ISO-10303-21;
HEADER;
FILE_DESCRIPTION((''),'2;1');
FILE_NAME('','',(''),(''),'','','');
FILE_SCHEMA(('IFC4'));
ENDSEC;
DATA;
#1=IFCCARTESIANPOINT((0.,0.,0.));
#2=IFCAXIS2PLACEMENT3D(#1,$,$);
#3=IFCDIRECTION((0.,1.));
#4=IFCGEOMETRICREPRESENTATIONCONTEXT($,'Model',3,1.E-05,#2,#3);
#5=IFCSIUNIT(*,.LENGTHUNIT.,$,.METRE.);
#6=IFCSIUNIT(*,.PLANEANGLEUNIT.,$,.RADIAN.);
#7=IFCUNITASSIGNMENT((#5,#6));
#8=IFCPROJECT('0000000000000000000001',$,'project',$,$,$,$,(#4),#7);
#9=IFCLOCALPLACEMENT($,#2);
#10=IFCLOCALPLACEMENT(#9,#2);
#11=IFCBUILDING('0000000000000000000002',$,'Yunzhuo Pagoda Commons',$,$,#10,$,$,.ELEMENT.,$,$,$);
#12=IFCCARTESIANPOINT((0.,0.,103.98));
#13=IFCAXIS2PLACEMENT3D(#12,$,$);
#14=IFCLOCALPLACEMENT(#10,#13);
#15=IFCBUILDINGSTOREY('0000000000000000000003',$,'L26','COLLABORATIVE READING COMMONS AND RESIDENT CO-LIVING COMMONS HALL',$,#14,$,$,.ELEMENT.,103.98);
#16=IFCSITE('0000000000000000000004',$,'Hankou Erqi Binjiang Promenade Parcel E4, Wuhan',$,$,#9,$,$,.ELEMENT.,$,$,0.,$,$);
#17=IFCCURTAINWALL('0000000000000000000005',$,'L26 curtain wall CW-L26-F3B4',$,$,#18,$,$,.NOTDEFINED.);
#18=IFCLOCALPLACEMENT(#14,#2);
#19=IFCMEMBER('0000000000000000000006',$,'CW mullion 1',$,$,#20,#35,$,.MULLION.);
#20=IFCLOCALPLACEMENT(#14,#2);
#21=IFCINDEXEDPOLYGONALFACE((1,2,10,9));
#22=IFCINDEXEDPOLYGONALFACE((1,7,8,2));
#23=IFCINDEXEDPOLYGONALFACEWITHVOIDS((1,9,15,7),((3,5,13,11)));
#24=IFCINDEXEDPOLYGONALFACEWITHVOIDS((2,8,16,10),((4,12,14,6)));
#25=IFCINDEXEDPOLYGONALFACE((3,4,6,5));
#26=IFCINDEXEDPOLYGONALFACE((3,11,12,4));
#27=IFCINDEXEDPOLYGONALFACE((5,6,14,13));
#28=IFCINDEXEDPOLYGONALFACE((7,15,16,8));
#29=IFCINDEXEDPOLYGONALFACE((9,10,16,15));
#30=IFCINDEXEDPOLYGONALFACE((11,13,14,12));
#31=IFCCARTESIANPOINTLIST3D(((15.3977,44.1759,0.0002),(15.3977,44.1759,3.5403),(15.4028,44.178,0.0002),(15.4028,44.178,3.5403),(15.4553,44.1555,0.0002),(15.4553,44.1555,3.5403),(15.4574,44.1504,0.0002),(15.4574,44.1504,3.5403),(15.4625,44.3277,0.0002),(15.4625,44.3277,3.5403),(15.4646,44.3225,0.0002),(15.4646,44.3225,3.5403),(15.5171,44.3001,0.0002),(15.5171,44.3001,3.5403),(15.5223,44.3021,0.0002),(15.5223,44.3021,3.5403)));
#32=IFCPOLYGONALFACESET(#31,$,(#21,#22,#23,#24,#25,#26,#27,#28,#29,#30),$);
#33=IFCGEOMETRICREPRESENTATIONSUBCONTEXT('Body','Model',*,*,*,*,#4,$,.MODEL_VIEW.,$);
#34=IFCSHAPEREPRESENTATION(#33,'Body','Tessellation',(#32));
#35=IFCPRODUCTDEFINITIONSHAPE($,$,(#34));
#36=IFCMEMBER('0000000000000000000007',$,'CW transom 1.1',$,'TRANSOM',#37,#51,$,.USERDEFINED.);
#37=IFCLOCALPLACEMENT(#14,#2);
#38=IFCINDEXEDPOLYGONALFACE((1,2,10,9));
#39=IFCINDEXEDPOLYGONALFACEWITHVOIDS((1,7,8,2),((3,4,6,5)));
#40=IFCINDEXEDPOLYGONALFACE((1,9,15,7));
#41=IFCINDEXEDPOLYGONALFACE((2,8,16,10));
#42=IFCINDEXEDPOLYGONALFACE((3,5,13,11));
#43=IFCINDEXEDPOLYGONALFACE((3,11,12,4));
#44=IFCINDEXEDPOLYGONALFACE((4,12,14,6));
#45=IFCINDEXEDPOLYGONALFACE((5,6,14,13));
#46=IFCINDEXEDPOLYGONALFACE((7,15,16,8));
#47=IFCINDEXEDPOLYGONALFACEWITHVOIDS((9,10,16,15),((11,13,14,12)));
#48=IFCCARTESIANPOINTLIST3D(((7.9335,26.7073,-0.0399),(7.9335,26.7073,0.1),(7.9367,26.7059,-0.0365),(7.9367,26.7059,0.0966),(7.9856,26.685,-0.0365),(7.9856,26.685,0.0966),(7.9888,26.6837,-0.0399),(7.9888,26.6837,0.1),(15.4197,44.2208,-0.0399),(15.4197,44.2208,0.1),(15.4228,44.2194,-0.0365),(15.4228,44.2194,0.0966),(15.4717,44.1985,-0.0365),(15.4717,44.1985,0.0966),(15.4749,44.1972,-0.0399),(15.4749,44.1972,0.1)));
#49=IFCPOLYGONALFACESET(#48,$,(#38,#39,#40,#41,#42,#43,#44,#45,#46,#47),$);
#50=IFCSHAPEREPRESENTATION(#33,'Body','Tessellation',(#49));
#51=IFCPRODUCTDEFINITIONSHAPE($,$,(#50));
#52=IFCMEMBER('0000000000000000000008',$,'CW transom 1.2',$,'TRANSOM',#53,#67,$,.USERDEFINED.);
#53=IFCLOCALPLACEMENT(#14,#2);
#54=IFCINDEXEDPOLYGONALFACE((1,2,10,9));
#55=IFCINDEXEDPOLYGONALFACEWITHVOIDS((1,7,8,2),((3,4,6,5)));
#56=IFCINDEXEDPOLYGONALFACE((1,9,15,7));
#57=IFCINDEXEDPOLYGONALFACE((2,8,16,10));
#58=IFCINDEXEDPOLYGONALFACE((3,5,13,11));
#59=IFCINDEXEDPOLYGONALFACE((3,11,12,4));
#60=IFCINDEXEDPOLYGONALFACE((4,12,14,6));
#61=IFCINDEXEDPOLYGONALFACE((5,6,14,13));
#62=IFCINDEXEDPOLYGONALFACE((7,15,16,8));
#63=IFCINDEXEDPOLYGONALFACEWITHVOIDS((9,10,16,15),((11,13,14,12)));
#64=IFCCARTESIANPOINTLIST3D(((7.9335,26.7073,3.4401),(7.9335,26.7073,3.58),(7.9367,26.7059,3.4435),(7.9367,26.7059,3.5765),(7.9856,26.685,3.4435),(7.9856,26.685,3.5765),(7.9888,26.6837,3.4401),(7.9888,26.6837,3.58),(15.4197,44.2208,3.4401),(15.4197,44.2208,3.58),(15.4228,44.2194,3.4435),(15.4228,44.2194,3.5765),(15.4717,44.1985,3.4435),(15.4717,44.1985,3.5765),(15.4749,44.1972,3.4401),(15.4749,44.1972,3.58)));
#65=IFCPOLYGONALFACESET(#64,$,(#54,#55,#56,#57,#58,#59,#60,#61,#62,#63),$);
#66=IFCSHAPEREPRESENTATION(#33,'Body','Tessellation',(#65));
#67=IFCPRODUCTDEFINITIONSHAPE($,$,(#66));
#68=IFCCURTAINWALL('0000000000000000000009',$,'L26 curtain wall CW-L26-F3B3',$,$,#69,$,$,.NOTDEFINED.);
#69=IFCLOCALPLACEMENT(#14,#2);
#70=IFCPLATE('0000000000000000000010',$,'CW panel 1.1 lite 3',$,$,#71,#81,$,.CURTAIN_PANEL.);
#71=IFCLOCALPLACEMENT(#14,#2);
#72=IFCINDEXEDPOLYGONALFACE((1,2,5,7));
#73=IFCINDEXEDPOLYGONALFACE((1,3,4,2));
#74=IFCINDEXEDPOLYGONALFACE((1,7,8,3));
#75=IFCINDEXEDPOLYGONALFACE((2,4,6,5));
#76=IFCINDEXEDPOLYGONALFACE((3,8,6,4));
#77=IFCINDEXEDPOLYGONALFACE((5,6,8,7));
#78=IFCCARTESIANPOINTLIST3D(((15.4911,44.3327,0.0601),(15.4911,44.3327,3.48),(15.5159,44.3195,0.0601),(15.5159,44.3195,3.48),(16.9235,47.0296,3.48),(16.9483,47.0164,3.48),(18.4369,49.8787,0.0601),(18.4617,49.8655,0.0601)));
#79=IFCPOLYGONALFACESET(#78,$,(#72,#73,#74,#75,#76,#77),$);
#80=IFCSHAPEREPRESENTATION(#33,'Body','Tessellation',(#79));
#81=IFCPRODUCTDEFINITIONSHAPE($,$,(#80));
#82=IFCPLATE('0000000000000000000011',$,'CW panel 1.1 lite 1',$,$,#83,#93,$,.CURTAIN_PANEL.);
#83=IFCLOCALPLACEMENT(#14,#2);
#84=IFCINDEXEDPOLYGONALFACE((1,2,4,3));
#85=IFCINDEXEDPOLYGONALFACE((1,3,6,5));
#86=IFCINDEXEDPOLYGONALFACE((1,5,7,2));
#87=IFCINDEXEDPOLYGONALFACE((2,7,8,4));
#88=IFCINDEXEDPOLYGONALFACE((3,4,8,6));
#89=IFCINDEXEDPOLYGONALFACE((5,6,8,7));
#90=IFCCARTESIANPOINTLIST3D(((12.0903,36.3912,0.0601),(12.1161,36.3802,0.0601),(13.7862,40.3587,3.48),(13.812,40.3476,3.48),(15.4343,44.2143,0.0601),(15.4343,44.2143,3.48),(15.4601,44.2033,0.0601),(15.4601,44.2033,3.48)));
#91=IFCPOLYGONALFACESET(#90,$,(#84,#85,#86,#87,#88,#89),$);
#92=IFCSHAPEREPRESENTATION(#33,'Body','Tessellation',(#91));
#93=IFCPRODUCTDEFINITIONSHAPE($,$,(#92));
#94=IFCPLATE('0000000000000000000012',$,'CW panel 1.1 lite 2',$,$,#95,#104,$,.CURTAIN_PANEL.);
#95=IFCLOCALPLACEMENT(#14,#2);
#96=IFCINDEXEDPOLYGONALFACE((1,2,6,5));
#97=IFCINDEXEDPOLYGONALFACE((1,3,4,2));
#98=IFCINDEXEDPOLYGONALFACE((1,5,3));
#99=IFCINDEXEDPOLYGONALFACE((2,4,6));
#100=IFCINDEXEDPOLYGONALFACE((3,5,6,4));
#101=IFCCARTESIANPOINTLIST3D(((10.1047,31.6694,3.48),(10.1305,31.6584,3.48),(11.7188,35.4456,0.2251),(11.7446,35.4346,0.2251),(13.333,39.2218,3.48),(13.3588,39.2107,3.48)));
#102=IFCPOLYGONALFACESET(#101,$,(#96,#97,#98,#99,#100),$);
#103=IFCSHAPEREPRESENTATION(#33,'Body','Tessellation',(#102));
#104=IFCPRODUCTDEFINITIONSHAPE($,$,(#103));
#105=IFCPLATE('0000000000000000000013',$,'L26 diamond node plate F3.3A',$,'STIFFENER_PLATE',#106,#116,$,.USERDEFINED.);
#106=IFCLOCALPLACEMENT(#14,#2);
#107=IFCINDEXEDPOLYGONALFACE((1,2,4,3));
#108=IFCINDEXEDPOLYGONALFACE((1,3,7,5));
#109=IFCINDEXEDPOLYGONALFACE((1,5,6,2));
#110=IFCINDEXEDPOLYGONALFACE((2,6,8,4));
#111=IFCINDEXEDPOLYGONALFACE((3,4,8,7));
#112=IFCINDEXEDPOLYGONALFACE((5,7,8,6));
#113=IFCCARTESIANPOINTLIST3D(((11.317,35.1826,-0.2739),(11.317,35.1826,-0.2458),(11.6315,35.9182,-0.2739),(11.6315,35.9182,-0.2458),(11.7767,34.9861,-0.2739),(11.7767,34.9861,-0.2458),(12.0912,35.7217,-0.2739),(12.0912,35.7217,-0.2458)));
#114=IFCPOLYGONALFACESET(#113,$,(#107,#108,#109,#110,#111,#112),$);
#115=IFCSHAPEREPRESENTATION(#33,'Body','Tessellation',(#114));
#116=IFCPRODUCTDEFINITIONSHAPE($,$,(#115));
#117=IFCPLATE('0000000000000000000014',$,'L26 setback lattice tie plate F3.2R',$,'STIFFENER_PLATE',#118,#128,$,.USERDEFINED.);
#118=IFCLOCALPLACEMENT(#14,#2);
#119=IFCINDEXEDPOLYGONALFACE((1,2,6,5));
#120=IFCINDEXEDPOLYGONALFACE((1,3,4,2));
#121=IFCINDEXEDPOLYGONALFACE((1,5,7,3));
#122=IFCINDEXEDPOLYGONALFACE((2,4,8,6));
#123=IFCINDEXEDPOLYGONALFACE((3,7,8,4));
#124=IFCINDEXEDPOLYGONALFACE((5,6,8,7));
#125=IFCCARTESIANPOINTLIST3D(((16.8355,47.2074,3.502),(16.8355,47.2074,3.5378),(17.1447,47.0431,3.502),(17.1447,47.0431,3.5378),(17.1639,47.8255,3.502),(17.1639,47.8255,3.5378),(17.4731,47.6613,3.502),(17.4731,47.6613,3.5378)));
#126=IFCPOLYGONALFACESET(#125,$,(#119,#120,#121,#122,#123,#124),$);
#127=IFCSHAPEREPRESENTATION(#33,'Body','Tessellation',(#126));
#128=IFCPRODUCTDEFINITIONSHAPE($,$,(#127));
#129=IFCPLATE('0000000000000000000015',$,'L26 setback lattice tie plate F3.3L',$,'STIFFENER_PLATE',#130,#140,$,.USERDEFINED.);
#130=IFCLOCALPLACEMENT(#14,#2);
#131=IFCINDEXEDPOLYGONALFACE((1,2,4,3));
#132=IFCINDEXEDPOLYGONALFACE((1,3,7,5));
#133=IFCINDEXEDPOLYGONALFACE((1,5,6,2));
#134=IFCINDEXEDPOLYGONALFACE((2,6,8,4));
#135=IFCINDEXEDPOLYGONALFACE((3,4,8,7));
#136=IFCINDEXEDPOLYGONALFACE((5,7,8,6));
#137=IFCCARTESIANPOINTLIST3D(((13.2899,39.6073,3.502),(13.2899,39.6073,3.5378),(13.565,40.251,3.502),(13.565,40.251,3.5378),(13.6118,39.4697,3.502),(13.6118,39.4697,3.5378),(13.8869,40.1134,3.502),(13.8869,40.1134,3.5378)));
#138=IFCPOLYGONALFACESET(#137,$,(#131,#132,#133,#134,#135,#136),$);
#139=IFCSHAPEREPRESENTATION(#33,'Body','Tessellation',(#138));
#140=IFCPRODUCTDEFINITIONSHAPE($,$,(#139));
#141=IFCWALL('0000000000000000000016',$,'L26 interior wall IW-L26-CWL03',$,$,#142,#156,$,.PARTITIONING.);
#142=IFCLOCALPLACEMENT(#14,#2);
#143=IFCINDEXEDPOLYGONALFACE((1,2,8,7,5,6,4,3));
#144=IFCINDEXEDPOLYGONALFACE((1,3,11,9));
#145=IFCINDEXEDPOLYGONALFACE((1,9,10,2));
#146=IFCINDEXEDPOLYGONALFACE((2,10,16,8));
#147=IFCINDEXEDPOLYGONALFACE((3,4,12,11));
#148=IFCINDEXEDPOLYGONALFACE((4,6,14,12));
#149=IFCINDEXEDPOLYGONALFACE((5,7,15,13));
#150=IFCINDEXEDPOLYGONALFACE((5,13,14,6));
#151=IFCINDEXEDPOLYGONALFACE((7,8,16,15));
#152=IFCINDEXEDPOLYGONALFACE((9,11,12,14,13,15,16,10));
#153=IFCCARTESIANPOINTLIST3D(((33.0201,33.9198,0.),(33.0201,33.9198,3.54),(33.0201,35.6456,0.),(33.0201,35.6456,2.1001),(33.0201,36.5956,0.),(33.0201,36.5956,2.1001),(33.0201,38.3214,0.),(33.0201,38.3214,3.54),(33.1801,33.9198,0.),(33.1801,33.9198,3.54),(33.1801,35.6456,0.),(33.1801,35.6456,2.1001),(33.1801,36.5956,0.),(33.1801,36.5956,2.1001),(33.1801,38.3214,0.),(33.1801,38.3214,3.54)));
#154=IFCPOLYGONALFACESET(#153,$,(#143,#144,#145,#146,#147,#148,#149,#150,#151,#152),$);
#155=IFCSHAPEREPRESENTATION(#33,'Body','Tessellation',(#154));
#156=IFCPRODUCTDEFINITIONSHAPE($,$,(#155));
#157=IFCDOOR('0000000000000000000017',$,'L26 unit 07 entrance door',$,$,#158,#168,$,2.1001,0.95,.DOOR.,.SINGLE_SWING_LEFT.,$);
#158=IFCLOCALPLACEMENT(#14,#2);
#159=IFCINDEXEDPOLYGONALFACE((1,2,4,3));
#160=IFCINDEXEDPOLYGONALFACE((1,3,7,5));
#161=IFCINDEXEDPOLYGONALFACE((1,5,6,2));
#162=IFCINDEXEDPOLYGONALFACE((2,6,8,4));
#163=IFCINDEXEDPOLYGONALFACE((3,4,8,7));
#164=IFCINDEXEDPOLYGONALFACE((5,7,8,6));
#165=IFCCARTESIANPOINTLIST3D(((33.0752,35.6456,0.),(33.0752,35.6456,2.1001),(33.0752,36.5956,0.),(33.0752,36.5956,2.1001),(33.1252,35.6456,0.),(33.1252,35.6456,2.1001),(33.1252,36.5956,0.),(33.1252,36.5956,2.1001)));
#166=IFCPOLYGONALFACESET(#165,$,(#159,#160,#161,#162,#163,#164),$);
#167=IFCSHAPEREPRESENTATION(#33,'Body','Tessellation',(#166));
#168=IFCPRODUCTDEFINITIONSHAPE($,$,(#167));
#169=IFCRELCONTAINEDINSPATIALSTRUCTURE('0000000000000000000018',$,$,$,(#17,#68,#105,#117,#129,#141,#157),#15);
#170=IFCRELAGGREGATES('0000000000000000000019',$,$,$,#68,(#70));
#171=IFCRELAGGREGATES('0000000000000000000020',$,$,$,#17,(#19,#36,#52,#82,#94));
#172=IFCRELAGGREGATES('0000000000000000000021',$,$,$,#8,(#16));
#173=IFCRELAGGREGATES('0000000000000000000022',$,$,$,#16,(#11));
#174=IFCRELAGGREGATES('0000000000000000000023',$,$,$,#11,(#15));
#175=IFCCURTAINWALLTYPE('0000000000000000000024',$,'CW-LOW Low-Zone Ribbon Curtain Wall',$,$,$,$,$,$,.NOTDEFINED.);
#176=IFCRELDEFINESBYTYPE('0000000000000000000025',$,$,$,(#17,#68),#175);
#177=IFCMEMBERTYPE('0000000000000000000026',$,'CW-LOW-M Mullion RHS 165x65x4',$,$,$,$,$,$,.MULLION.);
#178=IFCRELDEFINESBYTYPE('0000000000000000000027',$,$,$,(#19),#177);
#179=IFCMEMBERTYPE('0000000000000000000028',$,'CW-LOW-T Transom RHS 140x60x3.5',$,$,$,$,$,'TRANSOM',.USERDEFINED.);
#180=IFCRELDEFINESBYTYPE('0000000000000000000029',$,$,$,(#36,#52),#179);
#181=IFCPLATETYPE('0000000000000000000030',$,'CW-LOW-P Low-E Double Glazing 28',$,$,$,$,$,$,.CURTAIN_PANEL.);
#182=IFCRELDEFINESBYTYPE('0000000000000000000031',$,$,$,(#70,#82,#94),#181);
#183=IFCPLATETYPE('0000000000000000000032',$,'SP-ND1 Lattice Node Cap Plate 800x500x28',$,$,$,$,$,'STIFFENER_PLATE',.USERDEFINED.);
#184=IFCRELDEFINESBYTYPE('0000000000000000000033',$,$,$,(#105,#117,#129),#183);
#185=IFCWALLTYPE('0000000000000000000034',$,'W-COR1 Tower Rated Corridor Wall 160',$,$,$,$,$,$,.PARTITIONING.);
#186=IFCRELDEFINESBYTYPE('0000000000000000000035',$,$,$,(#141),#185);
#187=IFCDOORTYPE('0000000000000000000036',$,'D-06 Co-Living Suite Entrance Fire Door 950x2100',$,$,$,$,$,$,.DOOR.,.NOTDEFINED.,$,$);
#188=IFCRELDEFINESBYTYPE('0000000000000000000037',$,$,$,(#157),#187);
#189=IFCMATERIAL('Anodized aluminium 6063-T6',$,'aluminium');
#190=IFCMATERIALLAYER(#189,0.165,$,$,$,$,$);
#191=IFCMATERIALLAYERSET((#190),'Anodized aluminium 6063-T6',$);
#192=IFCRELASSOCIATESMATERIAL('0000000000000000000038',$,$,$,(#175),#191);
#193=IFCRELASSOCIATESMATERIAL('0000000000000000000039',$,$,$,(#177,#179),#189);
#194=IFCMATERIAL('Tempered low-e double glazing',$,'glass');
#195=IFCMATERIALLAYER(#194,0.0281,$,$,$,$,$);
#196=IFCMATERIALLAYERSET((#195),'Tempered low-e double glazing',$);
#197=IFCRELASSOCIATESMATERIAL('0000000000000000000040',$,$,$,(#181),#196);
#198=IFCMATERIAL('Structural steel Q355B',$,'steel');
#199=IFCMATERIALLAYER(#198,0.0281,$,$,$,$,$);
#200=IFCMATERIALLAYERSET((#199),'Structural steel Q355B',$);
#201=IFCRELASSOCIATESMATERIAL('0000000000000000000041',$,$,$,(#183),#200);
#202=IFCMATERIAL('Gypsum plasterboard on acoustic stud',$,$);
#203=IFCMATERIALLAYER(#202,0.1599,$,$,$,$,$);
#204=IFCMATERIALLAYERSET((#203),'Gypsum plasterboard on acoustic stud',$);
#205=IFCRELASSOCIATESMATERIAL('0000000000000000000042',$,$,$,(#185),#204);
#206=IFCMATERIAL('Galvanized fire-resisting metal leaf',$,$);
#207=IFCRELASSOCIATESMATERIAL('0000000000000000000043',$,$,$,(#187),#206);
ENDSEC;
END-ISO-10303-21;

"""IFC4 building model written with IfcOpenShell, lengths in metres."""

from ifc_helpers import new_model, si_unit, direction, frame, frame_2d, origin, origin_with_axes, origin_2d, place, context, subcontext, project, spatial, polyline, rectangle, hollow_rectangle, outline, extrude, source, transform, mapped, material, layer, layer_set, material_profile, profile_set, type_object, element, fill, aggregate, save


model = new_model("IFC4")

# Units and contexts
model_context = context("Model", 3, precision=1e-05, world=origin(), true_north=direction((0.0, 1.0)))
body_context = subcontext(model_context, "Body", "Model", "MODEL_VIEW")
ifc_project = project(units=[si_unit("LENGTHUNIT", "METRE"), si_unit("PLANEANGLEUNIT", "RADIAN")], contexts=[model_context])

# Site, building, storey
site_placement = place(None, origin())
site = spatial("IfcSite", under=ifc_project, at=site_placement, Name="Hankou Erqi Binjiang Promenade Parcel E4, Wuhan", CompositionType="ELEMENT", RefElevation=0.0)
building_placement = place(site_placement, origin())
building = spatial("IfcBuilding", under=site, at=building_placement, Name="Yunzhuo Pagoda Commons", CompositionType="ELEMENT")
storey_placement = place(building_placement, frame((0.0, 0.0, 103.98)))
storey = spatial("IfcBuildingStorey", under=building, at=storey_placement, Name="L26", Description="COLLABORATIVE READING COMMONS AND RESIDENT CO-LIVING COMMONS HALL", CompositionType="ELEMENT", Elevation=103.98)

# Shared definitions
ifc_material_1 = material(Name="Structural steel Q355B", Category="steel")

# Curtain wall, members
ifc_material_2 = material(Name="Anodized aluminium 6063-T6", Category="aluminium")
ifc_layer_1 = layer(ifc_material_2, 0.165)
ifc_layer_set_1 = layer_set([ifc_layer_1], Name="Anodized aluminium 6063-T6")
curtain_wall_type = type_object("IfcCurtainWallType", Name="CW-LOW Low-Zone Ribbon Curtain Wall", PredefinedType="NOTDEFINED", material=ifc_layer_set_1)
curtain_wall_1_placement = place(storey_placement, origin())
curtain_wall_1 = element("IfcCurtainWall", 1, at=curtain_wall_1_placement, inside=storey, type_object=curtain_wall_type, Name="L26 curtain wall CW-L26-F3B4", PredefinedType="NOTDEFINED")
ifc_material_profile_1 = material_profile(ifc_material_2, hollow_rectangle(XDim=0.0649, YDim=0.165, WallThickness=0.0039, at=origin_2d()), Name="Anodized aluminium 6063-T6")
ifc_profile_set_1 = profile_set([ifc_material_profile_1], Name="Anodized aluminium 6063-T6")
member_type_1 = type_object("IfcMemberType", Name="CW-LOW-M Mullion RHS 165x65x4", PredefinedType="MULLION", material=ifc_profile_set_1)
shared_shape_1 = source(origin(), body_context, "Body", "SweptSolid", [
    extrude(hollow_rectangle(XDim=0.0649, YDim=0.165, WallThickness=0.0039, at=origin_2d()), origin(), (0.0, 0.0, 1.0), 3.54),
])
member_1_placement = place(storey_placement, frame((15.46, 44.239, 0.0002), z_axis=(0.0, 0.0, 1.0), x_axis=(0.919516, -0.393052, 0.0)))
member_1 = element("IfcMember", 2, at=member_1_placement, type_object=member_type_1, Name="CW mullion 1", PredefinedType="MULLION", context=body_context, shape_type="MappedRepresentation", body=[
    mapped(shared_shape_1, transform((0.0, 0.0, 0.0), scale=1.0)),
])
ifc_material_profile_2 = material_profile(ifc_material_2, hollow_rectangle(XDim=0.0601, YDim=0.1399, WallThickness=0.0034, at=origin_2d()), Name="Anodized aluminium 6063-T6")
ifc_profile_set_2 = profile_set([ifc_material_profile_2], Name="Anodized aluminium 6063-T6")
member_type_2 = type_object("IfcMemberType", Name="CW-LOW-T Transom RHS 140x60x3.5", ElementType="TRANSOM", PredefinedType="USERDEFINED", material=ifc_profile_set_2)
shared_shape_2 = source(origin(), body_context, "Body", "SweptSolid", [
    extrude(hollow_rectangle(XDim=0.0601, YDim=0.1399, WallThickness=0.0034, at=origin_2d()), origin(), (0.0, 0.0, 1.0), 19.0464),
])
member_2_placement = place(storey_placement, frame((15.4473, 44.209, 0.03), z_axis=(-0.393047, -0.919519, 0.0), x_axis=(0.919519, -0.393047, 0.0)))
member_2 = element("IfcMember", 3, at=member_2_placement, type_object=member_type_2, Name="CW transom 1.1", ObjectType="TRANSOM", PredefinedType="USERDEFINED", context=body_context, shape_type="MappedRepresentation", body=[
    mapped(shared_shape_2, transform((0.0, 0.0, 0.0), scale=1.0)),
])
member_3_placement = place(storey_placement, frame((15.4473, 44.209, 3.51), z_axis=(-0.393047, -0.919519, 0.0), x_axis=(0.919519, -0.393047, 0.0)))
member_3 = element("IfcMember", 4, at=member_3_placement, type_object=member_type_2, Name="CW transom 1.2", ObjectType="TRANSOM", PredefinedType="USERDEFINED", context=body_context, shape_type="MappedRepresentation", body=[
    mapped(shared_shape_2, transform((0.0, 0.0, 0.0), scale=1.0)),
])

# Curtain wall, plate
curtain_wall_2_placement = place(storey_placement, origin())
curtain_wall_2 = element("IfcCurtainWall", 5, at=curtain_wall_2_placement, inside=storey, type_object=curtain_wall_type, Name="L26 curtain wall CW-L26-F3B3", PredefinedType="NOTDEFINED")
ifc_material_3 = material(Name="Tempered low-e double glazing", Category="glass")
ifc_layer_2 = layer(ifc_material_3, 0.0281)
ifc_layer_set_2 = layer_set([ifc_layer_2], Name="Tempered low-e double glazing")
plate_type_1 = type_object("IfcPlateType", Name="CW-LOW-P Low-E Double Glazing 28", PredefinedType="CURTAIN_PANEL", material=ifc_layer_set_2)
plate_1_placement = place(storey_placement, frame((16.9888, 47.0925, 1.77), z_axis=(-0.883152, 0.469086, 0.0), x_axis=(-0.469086, -0.883152, 0.0)))
plate_1 = element("IfcPlate", 6, at=plate_1_placement, type_object=plate_type_1, Name="CW panel 1.1 lite 3", PredefinedType="CURTAIN_PANEL", context=body_context, shape_type="SweptSolid", body=[
    extrude(outline(polyline([(-3.1399, -1.71), (3.1399, -1.71), (3.1399, 1.71), (0.0862, 1.71), (-3.1399, -1.71)])), origin(), (0.0, 0.0, 1.0), 0.0281),
])
aggregate(curtain_wall_2, [plate_1])

# Plates
plate_2_placement = place(storey_placement, frame((13.7881, 40.2917, 1.77), z_axis=(-0.919516, 0.393052, 0.0), x_axis=(-0.393052, -0.919516, 0.0)))
plate_2 = element("IfcPlate", 7, at=plate_2_placement, type_object=plate_type_1, Name="CW panel 1.1 lite 1", PredefinedType="CURTAIN_PANEL", context=body_context, shape_type="SweptSolid", body=[
    extrude(outline(polyline([(-4.2539, -1.71), (4.2539, -1.71), (-0.0608, 1.71), (-4.2539, 1.71), (-4.2539, -1.71)])), origin(), (0.0, 0.0, 1.0), 0.0281),
])
plate_3_placement = place(storey_placement, frame((11.7446, 35.4346, 1.8525), z_axis=(-0.919516, 0.393052, 0.0), x_axis=(-0.393052, -0.919516, 0.0)))
plate_3 = element("IfcPlate", 8, at=plate_3_placement, type_object=plate_type_1, Name="CW panel 1.1 lite 2", PredefinedType="CURTAIN_PANEL", context=body_context, shape_type="SweptSolid", body=[
    extrude(outline(polyline([(-4.1067, 1.6274), (0.0, -1.6274), (4.1067, 1.6274), (-4.1067, 1.6274)])), origin(), (0.0, 0.0, 1.0), 0.0281),
])
aggregate(curtain_wall_1, [member_1, member_2, member_3, plate_2, plate_3])

# Plates
ifc_layer_3 = layer(ifc_material_1, 0.0281)
ifc_layer_set_3 = layer_set([ifc_layer_3], Name="Structural steel Q355B")
plate_type_2 = type_object("IfcPlateType", Name="SP-ND1 Lattice Node Cap Plate 800x500x28", ElementType="STIFFENER_PLATE", PredefinedType="USERDEFINED", material=ifc_layer_set_3)
shared_shape_3 = source(origin(), body_context, "Body", "SweptSolid", [
    extrude(rectangle(XDim=0.8, YDim=0.5, at=origin_2d()), origin(), (0.0, 0.0, 1.0), 0.0281),
])
plate_4_placement = place(storey_placement, frame((11.7041, 35.4521, -0.2739), z_axis=(0.0, 0.0, 1.0), x_axis=(-0.393059, -0.919513, 0.0)))
element("IfcPlate", 9, at=plate_4_placement, inside=storey, type_object=plate_type_2, Name="L26 diamond node plate F3.3A", ObjectType="STIFFENER_PLATE", PredefinedType="USERDEFINED", context=body_context, shape_type="MappedRepresentation", body=[
    mapped(shared_shape_3, transform((0.0, 0.0, 0.0), scale=1.0)),
])
shared_shape_4 = source(origin(), body_context, "Body", "SweptSolid", [
    extrude(rectangle(XDim=0.7, YDim=0.3501, at=origin_2d()), origin(), (0.0, 0.0, 1.0), 0.0359),
])
for number, where, z_axis, x_axis, name in (
    (10, (17.1543, 47.4343, 3.502), (0.0, 0.0, 1.0), (-0.469086, -0.883152, 0.0), "L26 setback lattice tie plate F3.2R"),
    (11, (13.5884, 39.8604, 3.502), (0.0, 0.0, 1.0), (-0.393059, -0.919513, 0.0), "L26 setback lattice tie plate F3.3L"),
):
    element("IfcPlate", number, at=place(storey_placement, frame(where, z_axis=z_axis, x_axis=x_axis)), inside=storey, type_object=plate_type_2, Name=name, ObjectType="STIFFENER_PLATE", PredefinedType="USERDEFINED", context=body_context, shape_type="MappedRepresentation", body=[
        mapped(shared_shape_4, transform((0.0, 0.0, 0.0), scale=1.0)),
    ])

# Wall, opening, door
ifc_material_4 = material(Name="Gypsum plasterboard on acoustic stud")
ifc_layer_4 = layer(ifc_material_4, 0.1599)
ifc_layer_set_4 = layer_set([ifc_layer_4], Name="Gypsum plasterboard on acoustic stud")
wall_type_1 = type_object("IfcWallType", Name="W-COR1 Tower Rated Corridor Wall 160", PredefinedType="PARTITIONING", material=ifc_layer_set_4)
wall_1_placement = place(storey_placement, frame((33.1001, 33.9199, 0.0), z_axis=(0.0, 0.0, 1.0), x_axis=(0.0, 1.0, 0.0)))
wall_1 = element("IfcWall", 12, at=wall_1_placement, inside=storey, type_object=wall_type_1, Name="L26 interior wall IW-L26-CWL03", PredefinedType="PARTITIONING", context=body_context, shape_type="SweptSolid", body=[
    extrude(rectangle(XDim=4.4016, YDim=0.1599, at=frame_2d((2.2007, 0.0))), origin(), (0.0, 0.0, 1.0), 3.54),
])
opening_1_placement = place(wall_1_placement, frame((1.7256, 0.0, 0.0)))
opening_1 = element("IfcOpeningElement", 13, at=opening_1_placement, cuts=wall_1, PredefinedType="OPENING", context=body_context, shape_type="SweptSolid", body=[
    extrude(rectangle(XDim=0.95, YDim=2.1001, at=frame_2d((0.4751, 1.05))), frame((0.0, 0.0898, 0.0), z_axis=(0.0, -1.0, 0.0), x_axis=(1.0, 0.0, 0.0)), (0.0, 0.0, 1.0), 0.1799),
])
ifc_material_5 = material(Name="Galvanized fire-resisting metal leaf")
door_type = type_object("IfcDoorType", Name="D-06 Co-Living Suite Entrance Fire Door 950x2100", OperationType="NOTDEFINED", PredefinedType="DOOR", material=ifc_material_5)
shared_shape_5 = source(origin(), body_context, "Body", "SweptSolid", [
    extrude(rectangle(XDim=0.95, YDim=2.1001, at=frame_2d((0.4751, 1.05))), frame((0.0, 0.0249, 0.0), z_axis=(0.0, -1.0, 0.0), x_axis=(1.0, 0.0, 0.0)), (0.0, 0.0, 1.0), 0.05),
])
door_1_placement = place(opening_1_placement, origin_with_axes())
door_1 = element("IfcDoor", 14, at=door_1_placement, inside=storey, type_object=door_type, Name="L26 unit 07 entrance door", OperationType="SINGLE_SWING_LEFT", OverallHeight=2.1001, OverallWidth=0.95, PredefinedType="DOOR", context=body_context, shape_type="MappedRepresentation", body=[
    mapped(shared_shape_5, transform((0.0, 0.0, 0.0), scale=1.0)),
])
fill(opening_1, door_1)

save(model, "model.ifc")
